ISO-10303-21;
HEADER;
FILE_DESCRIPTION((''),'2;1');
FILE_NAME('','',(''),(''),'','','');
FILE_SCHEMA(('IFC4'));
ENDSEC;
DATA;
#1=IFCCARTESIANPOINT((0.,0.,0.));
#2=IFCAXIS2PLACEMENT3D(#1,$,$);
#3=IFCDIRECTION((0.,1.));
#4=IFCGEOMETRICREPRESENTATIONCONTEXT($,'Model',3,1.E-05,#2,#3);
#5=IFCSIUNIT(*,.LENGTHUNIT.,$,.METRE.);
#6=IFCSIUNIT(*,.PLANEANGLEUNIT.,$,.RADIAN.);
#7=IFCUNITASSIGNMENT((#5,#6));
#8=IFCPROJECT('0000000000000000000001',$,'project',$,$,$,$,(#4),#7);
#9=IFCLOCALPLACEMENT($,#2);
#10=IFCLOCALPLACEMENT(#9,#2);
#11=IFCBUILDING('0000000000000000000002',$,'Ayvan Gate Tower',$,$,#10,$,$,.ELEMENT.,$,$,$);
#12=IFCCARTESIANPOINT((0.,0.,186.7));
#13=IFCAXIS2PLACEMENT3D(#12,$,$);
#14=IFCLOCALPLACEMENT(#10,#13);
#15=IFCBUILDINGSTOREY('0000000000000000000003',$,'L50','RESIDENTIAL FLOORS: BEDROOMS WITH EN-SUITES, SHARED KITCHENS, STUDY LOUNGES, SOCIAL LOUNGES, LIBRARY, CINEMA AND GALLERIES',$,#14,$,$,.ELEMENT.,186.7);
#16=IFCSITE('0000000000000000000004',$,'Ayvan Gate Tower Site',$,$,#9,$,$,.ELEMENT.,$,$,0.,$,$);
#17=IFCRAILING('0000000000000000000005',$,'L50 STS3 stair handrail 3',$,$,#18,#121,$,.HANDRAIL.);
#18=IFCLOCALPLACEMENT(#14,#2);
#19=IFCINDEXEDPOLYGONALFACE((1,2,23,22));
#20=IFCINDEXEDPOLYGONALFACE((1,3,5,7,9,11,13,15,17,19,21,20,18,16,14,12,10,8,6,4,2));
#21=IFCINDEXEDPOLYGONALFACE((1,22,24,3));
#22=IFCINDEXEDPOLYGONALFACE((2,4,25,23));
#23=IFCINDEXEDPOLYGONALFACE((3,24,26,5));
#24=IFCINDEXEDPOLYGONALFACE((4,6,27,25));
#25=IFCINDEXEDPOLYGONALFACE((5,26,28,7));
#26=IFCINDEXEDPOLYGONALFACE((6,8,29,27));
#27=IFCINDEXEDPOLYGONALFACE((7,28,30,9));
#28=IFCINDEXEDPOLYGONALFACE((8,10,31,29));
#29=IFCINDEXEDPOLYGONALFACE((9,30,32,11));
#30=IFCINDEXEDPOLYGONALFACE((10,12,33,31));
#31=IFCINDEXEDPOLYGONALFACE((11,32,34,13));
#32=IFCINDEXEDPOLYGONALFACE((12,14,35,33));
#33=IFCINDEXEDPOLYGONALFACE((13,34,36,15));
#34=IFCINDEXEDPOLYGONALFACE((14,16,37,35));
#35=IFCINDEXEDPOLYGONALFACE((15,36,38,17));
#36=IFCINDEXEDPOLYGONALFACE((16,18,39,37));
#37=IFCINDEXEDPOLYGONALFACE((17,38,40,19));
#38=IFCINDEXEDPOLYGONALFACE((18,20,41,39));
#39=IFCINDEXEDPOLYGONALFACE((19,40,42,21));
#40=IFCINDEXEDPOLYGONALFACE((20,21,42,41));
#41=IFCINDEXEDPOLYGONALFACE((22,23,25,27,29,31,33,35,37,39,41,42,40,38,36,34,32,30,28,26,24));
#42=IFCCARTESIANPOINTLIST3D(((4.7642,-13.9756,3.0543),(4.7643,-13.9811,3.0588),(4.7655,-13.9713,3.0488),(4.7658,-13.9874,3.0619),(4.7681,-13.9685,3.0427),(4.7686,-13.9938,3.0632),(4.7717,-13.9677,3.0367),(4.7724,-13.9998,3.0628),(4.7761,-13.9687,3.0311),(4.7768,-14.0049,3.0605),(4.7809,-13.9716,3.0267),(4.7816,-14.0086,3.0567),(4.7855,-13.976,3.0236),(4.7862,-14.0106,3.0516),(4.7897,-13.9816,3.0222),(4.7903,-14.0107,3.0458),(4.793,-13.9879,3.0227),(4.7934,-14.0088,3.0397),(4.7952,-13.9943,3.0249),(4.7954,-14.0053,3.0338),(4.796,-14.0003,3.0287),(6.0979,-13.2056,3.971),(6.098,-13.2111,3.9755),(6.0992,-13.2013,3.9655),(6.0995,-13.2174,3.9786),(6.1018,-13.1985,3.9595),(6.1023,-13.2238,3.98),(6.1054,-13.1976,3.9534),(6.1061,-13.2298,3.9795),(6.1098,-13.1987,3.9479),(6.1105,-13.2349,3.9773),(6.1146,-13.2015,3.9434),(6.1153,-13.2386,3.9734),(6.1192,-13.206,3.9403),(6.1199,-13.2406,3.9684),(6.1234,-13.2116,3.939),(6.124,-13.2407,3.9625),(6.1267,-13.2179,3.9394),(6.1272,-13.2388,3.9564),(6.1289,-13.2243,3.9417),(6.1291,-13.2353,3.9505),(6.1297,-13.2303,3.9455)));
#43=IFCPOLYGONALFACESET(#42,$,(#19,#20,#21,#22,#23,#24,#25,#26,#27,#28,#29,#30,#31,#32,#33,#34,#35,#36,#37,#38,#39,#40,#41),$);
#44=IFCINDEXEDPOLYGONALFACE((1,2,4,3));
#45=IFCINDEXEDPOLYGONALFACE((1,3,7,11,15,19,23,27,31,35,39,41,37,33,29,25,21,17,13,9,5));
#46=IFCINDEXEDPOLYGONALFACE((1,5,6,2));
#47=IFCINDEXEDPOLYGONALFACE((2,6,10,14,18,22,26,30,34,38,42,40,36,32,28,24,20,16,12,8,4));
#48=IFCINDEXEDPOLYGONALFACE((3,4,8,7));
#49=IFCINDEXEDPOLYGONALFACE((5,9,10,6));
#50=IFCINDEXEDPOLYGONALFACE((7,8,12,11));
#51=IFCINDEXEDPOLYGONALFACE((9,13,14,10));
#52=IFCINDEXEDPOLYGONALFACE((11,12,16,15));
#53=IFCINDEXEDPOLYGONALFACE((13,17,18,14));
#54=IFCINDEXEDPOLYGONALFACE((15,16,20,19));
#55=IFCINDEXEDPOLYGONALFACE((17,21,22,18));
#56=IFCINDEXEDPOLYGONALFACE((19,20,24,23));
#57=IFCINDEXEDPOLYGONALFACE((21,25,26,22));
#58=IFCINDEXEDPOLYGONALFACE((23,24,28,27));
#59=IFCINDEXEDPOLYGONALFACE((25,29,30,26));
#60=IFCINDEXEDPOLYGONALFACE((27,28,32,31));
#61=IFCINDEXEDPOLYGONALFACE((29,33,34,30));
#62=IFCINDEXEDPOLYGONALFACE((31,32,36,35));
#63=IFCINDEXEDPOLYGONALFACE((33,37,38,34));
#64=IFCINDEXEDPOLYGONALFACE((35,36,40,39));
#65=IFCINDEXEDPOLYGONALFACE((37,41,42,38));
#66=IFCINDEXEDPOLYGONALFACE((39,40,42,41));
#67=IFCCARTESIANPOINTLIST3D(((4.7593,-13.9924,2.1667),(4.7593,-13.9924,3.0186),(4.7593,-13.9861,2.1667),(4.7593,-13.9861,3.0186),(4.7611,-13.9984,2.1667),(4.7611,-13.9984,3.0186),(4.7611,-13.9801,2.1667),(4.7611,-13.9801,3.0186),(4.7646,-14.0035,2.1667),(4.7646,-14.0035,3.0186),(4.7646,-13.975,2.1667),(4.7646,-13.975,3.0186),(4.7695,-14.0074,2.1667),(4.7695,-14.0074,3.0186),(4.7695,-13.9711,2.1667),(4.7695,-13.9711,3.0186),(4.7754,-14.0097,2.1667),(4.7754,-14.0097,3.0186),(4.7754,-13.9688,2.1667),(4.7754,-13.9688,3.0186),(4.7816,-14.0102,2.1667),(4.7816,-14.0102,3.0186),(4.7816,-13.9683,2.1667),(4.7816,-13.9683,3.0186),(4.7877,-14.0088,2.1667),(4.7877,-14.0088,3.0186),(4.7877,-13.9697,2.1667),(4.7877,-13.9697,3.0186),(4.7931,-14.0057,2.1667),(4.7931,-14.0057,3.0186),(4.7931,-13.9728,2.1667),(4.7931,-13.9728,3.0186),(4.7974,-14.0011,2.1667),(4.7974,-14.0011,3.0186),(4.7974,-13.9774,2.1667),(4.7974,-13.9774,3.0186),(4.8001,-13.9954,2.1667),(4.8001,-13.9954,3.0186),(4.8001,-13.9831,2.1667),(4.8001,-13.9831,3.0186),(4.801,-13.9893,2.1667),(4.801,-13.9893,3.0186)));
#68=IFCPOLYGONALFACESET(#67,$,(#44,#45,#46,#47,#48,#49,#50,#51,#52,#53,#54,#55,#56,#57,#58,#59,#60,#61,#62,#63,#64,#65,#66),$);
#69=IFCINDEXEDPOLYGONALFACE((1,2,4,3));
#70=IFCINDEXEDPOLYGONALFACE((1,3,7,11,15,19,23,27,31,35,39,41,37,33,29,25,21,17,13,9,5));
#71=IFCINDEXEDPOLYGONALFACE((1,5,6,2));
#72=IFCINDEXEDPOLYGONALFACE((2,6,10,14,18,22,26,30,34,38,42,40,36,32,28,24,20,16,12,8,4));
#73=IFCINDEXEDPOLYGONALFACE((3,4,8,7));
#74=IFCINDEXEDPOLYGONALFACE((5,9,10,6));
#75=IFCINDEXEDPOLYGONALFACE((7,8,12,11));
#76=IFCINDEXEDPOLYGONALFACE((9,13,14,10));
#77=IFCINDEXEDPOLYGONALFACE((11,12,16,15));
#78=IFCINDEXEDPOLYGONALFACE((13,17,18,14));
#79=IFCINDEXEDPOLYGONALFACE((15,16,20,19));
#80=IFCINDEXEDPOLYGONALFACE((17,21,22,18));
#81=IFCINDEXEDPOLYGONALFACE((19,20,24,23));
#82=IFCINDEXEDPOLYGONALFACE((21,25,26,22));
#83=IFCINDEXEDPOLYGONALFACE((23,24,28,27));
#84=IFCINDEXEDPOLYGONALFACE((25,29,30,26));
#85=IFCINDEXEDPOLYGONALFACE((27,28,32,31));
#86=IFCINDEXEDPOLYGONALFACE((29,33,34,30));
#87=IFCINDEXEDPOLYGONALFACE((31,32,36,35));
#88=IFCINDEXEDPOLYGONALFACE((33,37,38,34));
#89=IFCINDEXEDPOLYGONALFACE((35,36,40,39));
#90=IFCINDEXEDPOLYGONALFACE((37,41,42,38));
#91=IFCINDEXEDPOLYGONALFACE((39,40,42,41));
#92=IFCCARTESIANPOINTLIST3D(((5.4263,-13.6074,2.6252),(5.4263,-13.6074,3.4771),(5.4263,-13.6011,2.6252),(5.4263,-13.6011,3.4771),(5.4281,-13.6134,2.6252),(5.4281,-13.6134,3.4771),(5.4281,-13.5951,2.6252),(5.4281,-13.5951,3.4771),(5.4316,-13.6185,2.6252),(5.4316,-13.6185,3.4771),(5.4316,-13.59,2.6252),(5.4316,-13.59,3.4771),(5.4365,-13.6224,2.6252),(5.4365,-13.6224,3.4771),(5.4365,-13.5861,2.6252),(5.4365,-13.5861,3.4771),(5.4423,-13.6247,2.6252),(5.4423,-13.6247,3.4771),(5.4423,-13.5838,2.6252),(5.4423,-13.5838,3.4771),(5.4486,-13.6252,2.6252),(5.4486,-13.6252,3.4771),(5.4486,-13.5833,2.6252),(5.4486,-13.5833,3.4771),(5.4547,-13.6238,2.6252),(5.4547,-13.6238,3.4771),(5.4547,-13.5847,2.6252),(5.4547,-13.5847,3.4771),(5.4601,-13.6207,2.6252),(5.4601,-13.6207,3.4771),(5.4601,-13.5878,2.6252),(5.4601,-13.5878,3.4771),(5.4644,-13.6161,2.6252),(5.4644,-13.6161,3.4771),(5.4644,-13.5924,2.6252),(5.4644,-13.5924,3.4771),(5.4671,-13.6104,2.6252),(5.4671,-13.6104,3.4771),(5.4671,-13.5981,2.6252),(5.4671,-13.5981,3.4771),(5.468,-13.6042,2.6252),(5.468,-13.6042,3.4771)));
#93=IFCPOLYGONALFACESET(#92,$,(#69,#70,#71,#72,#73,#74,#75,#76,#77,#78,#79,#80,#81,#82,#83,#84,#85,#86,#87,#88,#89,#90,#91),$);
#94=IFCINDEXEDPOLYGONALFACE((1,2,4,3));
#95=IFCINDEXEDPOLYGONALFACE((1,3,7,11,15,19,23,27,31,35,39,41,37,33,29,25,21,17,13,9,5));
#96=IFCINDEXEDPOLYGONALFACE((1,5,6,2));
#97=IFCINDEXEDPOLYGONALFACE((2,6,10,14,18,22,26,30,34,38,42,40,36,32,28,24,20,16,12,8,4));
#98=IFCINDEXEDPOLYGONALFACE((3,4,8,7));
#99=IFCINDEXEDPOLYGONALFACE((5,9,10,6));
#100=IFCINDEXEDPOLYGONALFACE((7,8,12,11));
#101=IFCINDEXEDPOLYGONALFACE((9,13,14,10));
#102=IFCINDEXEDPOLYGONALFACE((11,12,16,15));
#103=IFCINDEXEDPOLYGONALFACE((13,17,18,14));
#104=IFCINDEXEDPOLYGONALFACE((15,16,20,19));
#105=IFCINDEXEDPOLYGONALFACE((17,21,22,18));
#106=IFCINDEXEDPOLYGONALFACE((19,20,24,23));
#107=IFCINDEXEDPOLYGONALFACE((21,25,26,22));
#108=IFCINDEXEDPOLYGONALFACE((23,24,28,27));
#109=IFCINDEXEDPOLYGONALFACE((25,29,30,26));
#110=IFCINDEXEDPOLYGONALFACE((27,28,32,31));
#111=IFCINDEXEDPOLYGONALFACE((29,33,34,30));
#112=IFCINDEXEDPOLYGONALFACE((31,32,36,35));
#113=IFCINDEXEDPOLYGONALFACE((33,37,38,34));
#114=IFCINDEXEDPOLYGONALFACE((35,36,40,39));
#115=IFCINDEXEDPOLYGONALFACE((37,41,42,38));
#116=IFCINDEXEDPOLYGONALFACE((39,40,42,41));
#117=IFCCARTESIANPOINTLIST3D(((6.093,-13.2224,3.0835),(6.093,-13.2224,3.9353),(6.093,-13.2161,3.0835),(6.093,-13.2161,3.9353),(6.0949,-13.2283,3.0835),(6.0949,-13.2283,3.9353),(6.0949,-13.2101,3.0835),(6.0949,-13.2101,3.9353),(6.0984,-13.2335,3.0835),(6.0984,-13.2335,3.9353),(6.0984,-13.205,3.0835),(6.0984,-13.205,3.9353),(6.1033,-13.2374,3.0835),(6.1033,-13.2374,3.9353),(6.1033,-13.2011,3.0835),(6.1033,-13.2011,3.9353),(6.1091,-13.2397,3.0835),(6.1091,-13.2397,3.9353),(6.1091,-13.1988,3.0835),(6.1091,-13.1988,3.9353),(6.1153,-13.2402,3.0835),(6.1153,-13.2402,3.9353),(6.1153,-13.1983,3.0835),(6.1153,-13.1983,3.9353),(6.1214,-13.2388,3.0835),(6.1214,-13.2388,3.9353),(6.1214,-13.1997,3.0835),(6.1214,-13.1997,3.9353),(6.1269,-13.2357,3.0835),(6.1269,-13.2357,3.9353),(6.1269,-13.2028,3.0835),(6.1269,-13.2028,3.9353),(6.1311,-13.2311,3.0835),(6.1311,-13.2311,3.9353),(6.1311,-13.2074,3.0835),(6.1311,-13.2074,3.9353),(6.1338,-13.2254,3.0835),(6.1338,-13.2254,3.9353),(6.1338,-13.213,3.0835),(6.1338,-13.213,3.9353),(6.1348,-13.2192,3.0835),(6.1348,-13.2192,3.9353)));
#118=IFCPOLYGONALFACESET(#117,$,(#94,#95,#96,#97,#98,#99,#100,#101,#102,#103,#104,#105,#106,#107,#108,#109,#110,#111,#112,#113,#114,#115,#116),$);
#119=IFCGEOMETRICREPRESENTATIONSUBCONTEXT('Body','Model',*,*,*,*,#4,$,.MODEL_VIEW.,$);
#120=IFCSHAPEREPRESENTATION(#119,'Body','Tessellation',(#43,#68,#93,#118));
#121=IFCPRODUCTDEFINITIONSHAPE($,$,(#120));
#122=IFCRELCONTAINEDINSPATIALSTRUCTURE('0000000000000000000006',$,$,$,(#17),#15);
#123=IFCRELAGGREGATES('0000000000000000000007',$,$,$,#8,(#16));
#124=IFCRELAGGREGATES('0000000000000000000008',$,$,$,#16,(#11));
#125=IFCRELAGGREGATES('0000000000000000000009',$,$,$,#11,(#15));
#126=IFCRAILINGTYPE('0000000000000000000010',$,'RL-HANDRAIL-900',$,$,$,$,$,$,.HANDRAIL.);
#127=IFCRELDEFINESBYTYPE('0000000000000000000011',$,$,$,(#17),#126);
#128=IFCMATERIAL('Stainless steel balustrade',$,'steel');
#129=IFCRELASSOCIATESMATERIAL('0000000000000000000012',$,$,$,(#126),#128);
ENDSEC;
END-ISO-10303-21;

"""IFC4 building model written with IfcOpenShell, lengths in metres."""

from ifc_helpers import new_model, si_unit, direction, frame, origin, origin_2d, place, context, subcontext, project, spatial, circle, extrude, material, type_object, element, save


model = new_model("IFC4")

# Units and contexts
model_context = context("Model", 3, precision=1e-05, world=origin(), true_north=direction((0.0, 1.0)))
body_context = subcontext(model_context, "Body", "Model", "MODEL_VIEW")
ifc_project = project(units=[si_unit("LENGTHUNIT", "METRE"), si_unit("PLANEANGLEUNIT", "RADIAN")], contexts=[model_context])

# Site, building, storey
site_placement = place(None, origin())
site = spatial("IfcSite", under=ifc_project, at=site_placement, Name="Ayvan Gate Tower Site", CompositionType="ELEMENT", RefElevation=0.0)
building_placement = place(site_placement, origin())
building = spatial("IfcBuilding", under=site, at=building_placement, Name="Ayvan Gate Tower", CompositionType="ELEMENT")
storey_placement = place(building_placement, frame((0.0, 0.0, 186.7)))
storey = spatial("IfcBuildingStorey", under=building, at=storey_placement, Name="L50", Description="RESIDENTIAL FLOORS: BEDROOMS WITH EN-SUITES, SHARED KITCHENS, STUDY LOUNGES, SOCIAL LOUNGES, LIBRARY, CINEMA AND GALLERIES", CompositionType="ELEMENT", Elevation=186.7)

# Railing
ifc_material_1 = material(Name="Stainless steel balustrade", Category="steel")
railing_type_1 = type_object("IfcRailingType", Name="RL-HANDRAIL-900", PredefinedType="HANDRAIL", material=ifc_material_1)
railing_1_placement = place(storey_placement, frame((4.78, -13.9893, 2.1667)))
element("IfcRailing", 1, at=railing_1_placement, inside=storey, type_object=railing_type_1, Name="L50 STS3 stair handrail 3", PredefinedType="HANDRAIL", context=body_context, shape_type="SweptSolid", body=[
    extrude(circle(Radius=0.0239, at=origin_2d()), frame((0.0, 0.0, 0.876), z_axis=(0.744164, 0.429634, 0.511502), x_axis=(-0.499992, 0.86603, 0.0)), (0.0, 0.0, 1.0), 1.7922),
    extrude(circle(Radius=0.021, at=origin_2d()), origin(), (0.0, 0.0, 1.0), 0.8518),
    extrude(circle(Radius=0.021, at=origin_2d()), frame((0.667, 0.385, 0.4585)), (0.0, 0.0, 1.0), 0.8518),
    extrude(circle(Radius=0.021, at=origin_2d()), frame((1.3337, 0.77, 0.9167)), (0.0, 0.0, 1.0), 0.8518),
])

save(model, "model.ifc")
